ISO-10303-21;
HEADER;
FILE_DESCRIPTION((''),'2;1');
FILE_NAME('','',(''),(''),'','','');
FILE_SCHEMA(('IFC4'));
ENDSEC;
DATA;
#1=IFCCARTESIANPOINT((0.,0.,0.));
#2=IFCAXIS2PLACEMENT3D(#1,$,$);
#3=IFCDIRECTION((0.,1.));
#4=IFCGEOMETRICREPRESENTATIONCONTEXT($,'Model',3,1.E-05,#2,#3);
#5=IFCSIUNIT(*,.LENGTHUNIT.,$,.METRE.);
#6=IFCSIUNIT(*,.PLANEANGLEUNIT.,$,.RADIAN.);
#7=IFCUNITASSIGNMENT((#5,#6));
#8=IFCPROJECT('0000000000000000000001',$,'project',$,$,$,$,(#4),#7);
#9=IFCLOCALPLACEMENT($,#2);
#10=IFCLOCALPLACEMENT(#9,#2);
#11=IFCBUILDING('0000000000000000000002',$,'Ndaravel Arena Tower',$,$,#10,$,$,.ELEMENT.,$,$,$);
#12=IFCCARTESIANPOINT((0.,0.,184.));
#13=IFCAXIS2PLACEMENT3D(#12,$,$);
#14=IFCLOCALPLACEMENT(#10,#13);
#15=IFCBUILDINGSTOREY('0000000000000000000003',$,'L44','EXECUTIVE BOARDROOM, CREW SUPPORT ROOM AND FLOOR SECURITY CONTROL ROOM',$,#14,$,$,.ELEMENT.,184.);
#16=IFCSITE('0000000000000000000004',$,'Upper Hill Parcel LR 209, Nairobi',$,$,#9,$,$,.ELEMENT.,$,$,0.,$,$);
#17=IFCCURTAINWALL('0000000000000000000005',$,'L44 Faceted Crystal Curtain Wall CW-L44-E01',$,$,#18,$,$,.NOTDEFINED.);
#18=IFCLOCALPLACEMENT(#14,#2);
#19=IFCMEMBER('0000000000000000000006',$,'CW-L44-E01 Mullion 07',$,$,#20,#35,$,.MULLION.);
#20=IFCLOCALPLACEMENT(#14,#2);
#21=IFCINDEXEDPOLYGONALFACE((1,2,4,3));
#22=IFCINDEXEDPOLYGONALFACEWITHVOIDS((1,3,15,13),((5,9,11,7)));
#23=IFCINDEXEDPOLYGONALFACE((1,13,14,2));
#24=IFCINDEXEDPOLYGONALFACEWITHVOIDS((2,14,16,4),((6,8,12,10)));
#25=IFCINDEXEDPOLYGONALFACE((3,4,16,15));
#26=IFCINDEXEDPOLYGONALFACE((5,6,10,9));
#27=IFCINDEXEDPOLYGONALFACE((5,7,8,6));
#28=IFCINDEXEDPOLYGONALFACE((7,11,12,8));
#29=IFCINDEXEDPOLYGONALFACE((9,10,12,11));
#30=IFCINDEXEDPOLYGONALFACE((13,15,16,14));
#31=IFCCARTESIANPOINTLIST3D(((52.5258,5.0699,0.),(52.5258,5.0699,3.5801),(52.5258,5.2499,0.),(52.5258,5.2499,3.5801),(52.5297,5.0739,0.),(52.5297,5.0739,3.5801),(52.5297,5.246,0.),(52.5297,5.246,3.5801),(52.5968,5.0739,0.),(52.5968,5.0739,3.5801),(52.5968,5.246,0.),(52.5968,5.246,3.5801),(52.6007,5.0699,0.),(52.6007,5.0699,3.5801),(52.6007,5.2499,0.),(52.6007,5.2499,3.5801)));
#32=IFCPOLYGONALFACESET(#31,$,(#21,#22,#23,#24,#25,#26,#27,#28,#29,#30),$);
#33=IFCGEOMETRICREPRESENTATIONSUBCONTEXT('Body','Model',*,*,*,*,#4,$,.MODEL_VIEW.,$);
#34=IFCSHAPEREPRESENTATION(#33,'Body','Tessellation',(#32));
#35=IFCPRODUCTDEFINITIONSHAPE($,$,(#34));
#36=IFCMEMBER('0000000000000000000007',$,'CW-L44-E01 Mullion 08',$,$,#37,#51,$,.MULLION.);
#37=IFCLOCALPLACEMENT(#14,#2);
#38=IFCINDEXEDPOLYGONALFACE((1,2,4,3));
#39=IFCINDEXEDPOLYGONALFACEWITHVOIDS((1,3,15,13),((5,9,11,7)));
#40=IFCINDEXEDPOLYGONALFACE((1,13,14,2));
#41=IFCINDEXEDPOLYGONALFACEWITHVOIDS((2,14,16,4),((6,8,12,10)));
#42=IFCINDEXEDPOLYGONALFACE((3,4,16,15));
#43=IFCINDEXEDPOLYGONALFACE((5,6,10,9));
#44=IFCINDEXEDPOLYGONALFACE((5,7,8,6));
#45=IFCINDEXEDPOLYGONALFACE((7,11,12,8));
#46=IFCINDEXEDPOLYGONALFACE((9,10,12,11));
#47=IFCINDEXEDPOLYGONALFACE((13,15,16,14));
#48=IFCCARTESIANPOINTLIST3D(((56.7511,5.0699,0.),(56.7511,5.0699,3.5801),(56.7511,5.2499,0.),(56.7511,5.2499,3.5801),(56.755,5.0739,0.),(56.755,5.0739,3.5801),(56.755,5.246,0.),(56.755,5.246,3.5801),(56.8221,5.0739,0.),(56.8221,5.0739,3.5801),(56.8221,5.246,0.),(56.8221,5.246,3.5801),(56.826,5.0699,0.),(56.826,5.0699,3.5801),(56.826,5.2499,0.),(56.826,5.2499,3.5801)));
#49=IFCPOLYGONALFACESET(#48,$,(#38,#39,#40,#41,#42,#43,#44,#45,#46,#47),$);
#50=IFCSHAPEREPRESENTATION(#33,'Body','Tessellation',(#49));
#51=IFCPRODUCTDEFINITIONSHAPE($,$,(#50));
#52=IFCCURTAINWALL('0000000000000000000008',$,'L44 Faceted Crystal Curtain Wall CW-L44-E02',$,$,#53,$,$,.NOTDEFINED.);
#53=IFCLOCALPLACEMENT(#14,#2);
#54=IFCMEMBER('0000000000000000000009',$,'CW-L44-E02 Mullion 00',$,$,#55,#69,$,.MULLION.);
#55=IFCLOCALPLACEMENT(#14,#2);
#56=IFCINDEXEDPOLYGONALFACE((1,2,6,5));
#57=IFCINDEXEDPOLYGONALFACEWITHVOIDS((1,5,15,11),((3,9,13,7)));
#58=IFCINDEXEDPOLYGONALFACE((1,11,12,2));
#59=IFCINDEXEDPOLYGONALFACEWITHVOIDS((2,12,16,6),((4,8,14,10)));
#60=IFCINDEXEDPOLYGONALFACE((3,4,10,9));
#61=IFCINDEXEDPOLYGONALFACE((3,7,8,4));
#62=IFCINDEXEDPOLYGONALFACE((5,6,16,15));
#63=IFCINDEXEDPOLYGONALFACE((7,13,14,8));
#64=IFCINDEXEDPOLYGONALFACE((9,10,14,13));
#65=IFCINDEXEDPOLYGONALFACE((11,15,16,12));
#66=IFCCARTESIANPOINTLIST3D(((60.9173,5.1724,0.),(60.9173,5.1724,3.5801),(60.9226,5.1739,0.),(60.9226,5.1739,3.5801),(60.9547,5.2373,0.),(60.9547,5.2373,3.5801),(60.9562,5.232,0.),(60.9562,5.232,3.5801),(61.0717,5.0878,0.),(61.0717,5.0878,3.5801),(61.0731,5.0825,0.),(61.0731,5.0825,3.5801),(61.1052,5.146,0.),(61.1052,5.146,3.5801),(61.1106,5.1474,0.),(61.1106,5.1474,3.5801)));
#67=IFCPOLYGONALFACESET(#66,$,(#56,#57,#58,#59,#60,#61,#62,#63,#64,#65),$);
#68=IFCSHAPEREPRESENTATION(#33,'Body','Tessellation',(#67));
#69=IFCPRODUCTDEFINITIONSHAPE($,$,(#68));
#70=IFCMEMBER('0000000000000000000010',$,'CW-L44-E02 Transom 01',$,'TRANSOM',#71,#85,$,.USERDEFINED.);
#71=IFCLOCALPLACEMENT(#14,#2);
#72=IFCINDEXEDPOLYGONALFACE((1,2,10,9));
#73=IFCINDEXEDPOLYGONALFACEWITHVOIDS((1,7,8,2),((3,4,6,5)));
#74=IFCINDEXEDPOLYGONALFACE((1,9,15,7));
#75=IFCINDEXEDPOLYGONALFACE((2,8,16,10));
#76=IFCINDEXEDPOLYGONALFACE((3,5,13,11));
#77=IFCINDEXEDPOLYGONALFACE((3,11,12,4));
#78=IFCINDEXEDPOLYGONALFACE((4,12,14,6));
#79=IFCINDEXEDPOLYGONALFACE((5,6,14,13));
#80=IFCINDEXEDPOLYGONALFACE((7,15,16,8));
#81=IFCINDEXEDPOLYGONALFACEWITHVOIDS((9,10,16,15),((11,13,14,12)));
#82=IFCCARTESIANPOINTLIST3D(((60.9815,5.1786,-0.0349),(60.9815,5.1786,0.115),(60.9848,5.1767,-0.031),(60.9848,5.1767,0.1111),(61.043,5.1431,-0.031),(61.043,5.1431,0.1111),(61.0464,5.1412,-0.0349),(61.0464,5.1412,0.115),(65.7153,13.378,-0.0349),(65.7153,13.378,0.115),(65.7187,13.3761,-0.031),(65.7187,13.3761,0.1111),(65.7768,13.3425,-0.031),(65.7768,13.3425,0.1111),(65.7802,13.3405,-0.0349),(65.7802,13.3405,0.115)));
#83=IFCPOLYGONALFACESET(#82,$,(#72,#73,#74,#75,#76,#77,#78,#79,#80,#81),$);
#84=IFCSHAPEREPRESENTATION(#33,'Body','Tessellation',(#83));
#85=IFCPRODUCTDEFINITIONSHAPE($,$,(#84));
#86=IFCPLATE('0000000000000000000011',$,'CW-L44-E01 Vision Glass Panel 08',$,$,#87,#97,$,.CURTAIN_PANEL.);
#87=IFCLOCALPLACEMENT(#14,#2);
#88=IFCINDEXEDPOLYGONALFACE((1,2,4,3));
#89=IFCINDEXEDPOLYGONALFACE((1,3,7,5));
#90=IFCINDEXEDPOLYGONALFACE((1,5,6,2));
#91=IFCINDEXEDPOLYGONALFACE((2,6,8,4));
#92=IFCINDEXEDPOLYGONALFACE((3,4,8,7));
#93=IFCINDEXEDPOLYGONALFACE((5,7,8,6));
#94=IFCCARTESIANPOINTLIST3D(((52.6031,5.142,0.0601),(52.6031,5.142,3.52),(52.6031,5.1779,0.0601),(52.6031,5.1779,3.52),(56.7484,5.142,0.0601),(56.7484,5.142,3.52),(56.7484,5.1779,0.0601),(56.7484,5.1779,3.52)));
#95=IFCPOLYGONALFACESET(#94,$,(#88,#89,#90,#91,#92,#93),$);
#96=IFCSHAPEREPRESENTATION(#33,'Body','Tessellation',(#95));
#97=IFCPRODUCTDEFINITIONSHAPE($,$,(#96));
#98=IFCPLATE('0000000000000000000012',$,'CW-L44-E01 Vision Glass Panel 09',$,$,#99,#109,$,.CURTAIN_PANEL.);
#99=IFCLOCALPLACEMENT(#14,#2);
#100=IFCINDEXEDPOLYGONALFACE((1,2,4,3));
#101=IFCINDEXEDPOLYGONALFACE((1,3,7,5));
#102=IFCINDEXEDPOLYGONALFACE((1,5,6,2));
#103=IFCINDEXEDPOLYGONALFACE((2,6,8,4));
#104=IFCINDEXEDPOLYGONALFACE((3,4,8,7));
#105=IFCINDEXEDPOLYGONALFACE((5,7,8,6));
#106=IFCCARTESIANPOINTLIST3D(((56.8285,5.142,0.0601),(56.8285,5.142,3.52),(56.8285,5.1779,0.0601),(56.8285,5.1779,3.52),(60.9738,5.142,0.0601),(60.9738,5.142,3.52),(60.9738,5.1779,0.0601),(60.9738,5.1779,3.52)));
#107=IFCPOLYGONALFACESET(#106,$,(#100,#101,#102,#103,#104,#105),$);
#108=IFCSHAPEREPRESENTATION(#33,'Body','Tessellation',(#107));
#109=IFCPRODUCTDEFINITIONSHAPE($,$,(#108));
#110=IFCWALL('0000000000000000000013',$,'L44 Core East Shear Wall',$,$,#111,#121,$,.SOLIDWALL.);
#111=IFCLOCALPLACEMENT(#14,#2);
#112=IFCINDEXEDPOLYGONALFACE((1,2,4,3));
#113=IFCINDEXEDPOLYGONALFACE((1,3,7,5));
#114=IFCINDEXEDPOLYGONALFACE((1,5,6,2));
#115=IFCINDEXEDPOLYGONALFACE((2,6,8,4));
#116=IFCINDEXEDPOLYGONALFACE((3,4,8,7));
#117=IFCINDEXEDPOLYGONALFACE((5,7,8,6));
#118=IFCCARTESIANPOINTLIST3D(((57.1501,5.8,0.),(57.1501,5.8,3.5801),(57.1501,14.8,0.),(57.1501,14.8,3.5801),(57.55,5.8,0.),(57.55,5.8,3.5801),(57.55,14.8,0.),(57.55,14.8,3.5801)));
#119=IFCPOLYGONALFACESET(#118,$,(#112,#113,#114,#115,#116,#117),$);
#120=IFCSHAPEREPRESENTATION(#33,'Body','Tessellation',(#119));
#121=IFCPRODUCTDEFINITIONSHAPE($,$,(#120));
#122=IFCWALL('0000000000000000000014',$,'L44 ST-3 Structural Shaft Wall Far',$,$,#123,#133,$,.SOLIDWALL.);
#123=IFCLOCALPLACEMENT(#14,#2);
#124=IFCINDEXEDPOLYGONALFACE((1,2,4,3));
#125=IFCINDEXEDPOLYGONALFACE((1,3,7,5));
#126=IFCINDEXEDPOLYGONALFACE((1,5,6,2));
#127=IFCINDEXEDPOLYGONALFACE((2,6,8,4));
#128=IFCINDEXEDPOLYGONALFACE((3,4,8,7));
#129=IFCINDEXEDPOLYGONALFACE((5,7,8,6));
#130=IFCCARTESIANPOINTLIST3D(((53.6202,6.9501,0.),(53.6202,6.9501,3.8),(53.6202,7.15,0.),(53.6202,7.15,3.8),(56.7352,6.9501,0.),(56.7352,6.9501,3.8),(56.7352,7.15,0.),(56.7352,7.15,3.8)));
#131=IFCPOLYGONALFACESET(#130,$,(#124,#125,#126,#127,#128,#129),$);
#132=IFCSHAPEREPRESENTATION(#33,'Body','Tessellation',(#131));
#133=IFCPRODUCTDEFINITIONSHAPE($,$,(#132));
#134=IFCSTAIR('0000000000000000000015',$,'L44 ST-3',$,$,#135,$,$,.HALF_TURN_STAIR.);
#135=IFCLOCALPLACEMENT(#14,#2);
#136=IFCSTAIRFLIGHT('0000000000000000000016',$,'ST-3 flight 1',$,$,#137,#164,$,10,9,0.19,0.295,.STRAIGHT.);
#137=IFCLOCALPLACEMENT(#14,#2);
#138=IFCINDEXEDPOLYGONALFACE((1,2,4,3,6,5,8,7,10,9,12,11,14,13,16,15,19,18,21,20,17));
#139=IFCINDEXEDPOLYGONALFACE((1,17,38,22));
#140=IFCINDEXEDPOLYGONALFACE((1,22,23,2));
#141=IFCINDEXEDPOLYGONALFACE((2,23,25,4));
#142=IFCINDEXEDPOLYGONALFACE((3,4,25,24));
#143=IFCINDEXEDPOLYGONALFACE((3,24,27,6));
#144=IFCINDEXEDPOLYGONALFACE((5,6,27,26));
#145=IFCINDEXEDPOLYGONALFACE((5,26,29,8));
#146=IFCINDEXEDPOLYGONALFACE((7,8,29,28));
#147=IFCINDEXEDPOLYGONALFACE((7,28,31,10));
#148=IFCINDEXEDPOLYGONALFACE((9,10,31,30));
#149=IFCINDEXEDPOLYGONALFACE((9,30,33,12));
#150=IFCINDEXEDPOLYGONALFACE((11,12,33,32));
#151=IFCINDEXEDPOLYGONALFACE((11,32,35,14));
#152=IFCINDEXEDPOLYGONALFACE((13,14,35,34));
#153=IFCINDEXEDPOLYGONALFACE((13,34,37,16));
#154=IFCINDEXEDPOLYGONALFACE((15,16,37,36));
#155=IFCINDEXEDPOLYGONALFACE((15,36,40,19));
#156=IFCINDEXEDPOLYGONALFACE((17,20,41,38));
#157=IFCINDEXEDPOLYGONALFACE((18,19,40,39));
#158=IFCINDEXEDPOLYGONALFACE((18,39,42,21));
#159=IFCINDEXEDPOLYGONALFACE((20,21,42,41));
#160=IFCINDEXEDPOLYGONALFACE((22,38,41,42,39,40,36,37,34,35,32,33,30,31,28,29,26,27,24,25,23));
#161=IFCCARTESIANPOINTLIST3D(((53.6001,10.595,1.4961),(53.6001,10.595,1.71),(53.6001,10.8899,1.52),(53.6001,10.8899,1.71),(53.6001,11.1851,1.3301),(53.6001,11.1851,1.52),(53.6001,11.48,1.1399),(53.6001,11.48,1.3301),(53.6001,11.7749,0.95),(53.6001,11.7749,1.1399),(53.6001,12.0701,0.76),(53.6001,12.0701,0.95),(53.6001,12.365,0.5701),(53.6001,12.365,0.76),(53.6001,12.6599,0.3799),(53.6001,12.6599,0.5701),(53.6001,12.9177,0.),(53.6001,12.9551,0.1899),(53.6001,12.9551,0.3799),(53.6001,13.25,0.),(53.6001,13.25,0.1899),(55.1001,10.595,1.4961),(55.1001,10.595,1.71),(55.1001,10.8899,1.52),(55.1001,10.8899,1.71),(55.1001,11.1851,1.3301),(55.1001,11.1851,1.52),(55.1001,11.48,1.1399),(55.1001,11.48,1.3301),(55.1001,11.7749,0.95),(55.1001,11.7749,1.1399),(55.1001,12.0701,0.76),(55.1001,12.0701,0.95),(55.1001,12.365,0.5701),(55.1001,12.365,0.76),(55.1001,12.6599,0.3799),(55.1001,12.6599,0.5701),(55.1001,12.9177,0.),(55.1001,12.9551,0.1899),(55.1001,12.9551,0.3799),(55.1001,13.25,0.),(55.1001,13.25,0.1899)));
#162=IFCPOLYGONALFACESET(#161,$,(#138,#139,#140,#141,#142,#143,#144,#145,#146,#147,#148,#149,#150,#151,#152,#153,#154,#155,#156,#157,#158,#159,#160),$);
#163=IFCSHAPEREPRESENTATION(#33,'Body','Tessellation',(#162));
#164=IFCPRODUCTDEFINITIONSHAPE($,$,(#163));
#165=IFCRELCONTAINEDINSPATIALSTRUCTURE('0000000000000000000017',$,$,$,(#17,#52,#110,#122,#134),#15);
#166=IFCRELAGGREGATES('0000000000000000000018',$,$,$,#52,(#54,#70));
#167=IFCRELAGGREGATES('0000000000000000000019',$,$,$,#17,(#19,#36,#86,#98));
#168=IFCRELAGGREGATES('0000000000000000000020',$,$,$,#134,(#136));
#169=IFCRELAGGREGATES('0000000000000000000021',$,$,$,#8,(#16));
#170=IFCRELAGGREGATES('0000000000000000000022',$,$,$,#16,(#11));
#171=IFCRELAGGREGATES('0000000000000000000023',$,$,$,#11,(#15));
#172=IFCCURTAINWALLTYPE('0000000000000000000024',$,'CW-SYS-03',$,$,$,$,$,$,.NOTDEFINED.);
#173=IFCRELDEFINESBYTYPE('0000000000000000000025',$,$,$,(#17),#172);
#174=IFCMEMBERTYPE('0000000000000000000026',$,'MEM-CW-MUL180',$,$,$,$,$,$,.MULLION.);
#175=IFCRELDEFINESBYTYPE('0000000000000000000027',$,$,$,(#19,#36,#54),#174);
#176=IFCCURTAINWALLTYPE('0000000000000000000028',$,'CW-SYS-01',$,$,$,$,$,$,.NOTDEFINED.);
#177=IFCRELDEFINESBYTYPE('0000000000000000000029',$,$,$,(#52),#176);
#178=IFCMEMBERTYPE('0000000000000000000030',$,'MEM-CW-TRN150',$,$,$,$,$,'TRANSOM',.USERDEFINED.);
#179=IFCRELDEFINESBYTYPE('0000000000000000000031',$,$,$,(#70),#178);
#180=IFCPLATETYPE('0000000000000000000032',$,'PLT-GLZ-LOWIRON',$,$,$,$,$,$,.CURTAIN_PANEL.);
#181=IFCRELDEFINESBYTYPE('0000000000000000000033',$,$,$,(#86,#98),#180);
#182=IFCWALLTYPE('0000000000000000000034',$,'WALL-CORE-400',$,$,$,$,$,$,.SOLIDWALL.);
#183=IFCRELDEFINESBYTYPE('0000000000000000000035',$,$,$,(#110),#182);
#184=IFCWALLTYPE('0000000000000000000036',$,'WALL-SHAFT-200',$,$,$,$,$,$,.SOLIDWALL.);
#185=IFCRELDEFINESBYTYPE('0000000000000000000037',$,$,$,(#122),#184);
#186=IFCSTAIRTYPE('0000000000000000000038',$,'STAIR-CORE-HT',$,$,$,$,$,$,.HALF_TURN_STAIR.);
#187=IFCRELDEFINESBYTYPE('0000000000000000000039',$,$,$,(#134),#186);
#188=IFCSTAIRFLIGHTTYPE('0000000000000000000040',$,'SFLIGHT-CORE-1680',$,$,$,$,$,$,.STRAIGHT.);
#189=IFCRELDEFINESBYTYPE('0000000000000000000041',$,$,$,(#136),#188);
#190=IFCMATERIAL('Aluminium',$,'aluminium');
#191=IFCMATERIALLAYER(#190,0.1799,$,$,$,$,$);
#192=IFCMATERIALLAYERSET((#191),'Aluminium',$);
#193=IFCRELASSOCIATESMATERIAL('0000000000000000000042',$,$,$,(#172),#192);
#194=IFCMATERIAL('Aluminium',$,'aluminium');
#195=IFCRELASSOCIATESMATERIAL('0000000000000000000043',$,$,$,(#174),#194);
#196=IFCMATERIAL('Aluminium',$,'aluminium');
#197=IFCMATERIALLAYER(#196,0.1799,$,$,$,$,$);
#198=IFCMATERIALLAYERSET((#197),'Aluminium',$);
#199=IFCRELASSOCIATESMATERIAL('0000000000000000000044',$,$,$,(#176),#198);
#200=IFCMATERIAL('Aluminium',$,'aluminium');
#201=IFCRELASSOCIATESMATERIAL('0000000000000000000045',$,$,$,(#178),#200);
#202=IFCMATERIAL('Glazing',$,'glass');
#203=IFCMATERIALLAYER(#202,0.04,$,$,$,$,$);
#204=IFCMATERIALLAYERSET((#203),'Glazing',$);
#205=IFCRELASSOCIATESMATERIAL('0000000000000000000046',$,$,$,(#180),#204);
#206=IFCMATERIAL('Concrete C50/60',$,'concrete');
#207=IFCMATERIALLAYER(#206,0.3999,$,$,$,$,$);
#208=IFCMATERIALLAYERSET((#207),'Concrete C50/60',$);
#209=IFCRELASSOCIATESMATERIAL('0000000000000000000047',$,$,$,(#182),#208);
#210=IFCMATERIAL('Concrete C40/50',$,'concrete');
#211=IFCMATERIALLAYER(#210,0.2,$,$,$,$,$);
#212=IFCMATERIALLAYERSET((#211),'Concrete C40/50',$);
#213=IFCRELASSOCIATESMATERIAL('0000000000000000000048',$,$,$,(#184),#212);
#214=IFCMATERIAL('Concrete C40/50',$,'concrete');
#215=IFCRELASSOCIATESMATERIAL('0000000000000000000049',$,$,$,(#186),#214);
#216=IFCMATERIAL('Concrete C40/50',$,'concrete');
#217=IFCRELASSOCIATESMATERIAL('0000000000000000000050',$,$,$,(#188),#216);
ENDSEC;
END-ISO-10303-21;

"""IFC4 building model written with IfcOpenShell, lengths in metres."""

from ifc_helpers import new_model, si_unit, direction, frame, frame_2d, origin, origin_2d, place, context, subcontext, project, spatial, polyline, rectangle, hollow_rectangle, outline, extrude, material, layer, layer_set, material_profile, profile_set, type_object, element, aggregate, save


model = new_model("IFC4")

# Units and contexts
model_context = context("Model", 3, precision=1e-05, world=origin(), true_north=direction((0.0, 1.0)))
body_context = subcontext(model_context, "Body", "Model", "MODEL_VIEW")
ifc_project = project(units=[si_unit("LENGTHUNIT", "METRE"), si_unit("PLANEANGLEUNIT", "RADIAN")], contexts=[model_context])

# Site, building, storey
site_placement = place(None, origin())
site = spatial("IfcSite", under=ifc_project, at=site_placement, Name="Upper Hill Parcel LR 209, Nairobi", CompositionType="ELEMENT", RefElevation=0.0)
building_placement = place(site_placement, origin())
building = spatial("IfcBuilding", under=site, at=building_placement, Name="Ndaravel Arena Tower", CompositionType="ELEMENT")
storey_placement = place(building_placement, frame((0.0, 0.0, 184.0)))
storey = spatial("IfcBuildingStorey", under=building, at=storey_placement, Name="L44", Description="EXECUTIVE BOARDROOM, CREW SUPPORT ROOM AND FLOOR SECURITY CONTROL ROOM", CompositionType="ELEMENT", Elevation=184.0)

# Curtain walls, members
ifc_material_1 = material(Name="Aluminium", Category="aluminium")
ifc_layer_1 = layer(ifc_material_1, 0.1799)
ifc_layer_set_1 = layer_set([ifc_layer_1], Name="Aluminium")
curtain_wall_type_1 = type_object("IfcCurtainWallType", Name="CW-SYS-03", PredefinedType="NOTDEFINED", material=ifc_layer_set_1)
curtain_wall_1_placement = place(storey_placement, origin())
curtain_wall_1 = element("IfcCurtainWall", 1, at=curtain_wall_1_placement, inside=storey, type_object=curtain_wall_type_1, Name="L44 Faceted Crystal Curtain Wall CW-L44-E01", PredefinedType="NOTDEFINED")
ifc_material_2 = material(Name="Aluminium", Category="aluminium")
ifc_material_profile_1 = material_profile(ifc_material_2, hollow_rectangle(XDim=0.075, YDim=0.1799, WallThickness=0.0039, at=origin_2d()), Name="CW MULLION 75x180x4")
ifc_profile_set_1 = profile_set([ifc_material_profile_1], Name="Aluminium")
member_type_1 = type_object("IfcMemberType", Name="MEM-CW-MUL180", PredefinedType="MULLION", material=ifc_profile_set_1)
member_1_placement = place(storey_placement, frame((52.5632, 5.1599, 0.0), z_axis=(0.0, 0.0, 1.0), x_axis=(1.0, 0.0, 0.0)))
member_1 = element("IfcMember", 2, at=member_1_placement, type_object=member_type_1, Name="CW-L44-E01 Mullion 07", PredefinedType="MULLION", context=body_context, shape_type="SweptSolid", body=[
    extrude(hollow_rectangle(XDim=0.075, YDim=0.1799, WallThickness=0.0039, at=origin_2d()), origin(), (0.0, 0.0, 1.0), 3.5801),
])
member_2_placement = place(storey_placement, frame((56.7886, 5.1599, 0.0), z_axis=(0.0, 0.0, 1.0), x_axis=(1.0, 0.0, 0.0)))
member_2 = element("IfcMember", 3, at=member_2_placement, type_object=member_type_1, Name="CW-L44-E01 Mullion 08", PredefinedType="MULLION", context=body_context, shape_type="SweptSolid", body=[
    extrude(hollow_rectangle(XDim=0.075, YDim=0.1799, WallThickness=0.0039, at=origin_2d()), origin(), (0.0, 0.0, 1.0), 3.5801),
])
ifc_material_3 = material(Name="Aluminium", Category="aluminium")
ifc_layer_2 = layer(ifc_material_3, 0.1799)
ifc_layer_set_2 = layer_set([ifc_layer_2], Name="Aluminium")
curtain_wall_type_2 = type_object("IfcCurtainWallType", Name="CW-SYS-01", PredefinedType="NOTDEFINED", material=ifc_layer_set_2)
curtain_wall_2_placement = place(storey_placement, origin())
curtain_wall_2 = element("IfcCurtainWall", 4, at=curtain_wall_2_placement, inside=storey, type_object=curtain_wall_type_2, Name="L44 Faceted Crystal Curtain Wall CW-L44-E02", PredefinedType="NOTDEFINED")
member_3_placement = place(storey_placement, frame((61.0139, 5.1599, 0.0), z_axis=(0.0, 0.0, 1.0), x_axis=(0.5, 0.866025, 0.0)))
member_3 = element("IfcMember", 5, at=member_3_placement, type_object=member_type_1, Name="CW-L44-E02 Mullion 00", PredefinedType="MULLION", context=body_context, shape_type="SweptSolid", body=[
    extrude(hollow_rectangle(XDim=0.075, YDim=0.1799, WallThickness=0.0039, at=origin_2d()), origin(), (0.0, 0.0, 1.0), 3.5801),
])
ifc_material_4 = material(Name="Aluminium", Category="aluminium")
ifc_material_profile_2 = material_profile(ifc_material_4, hollow_rectangle(XDim=0.075, YDim=0.1499, WallThickness=0.0039, at=origin_2d()), Name="CW TRANSOM 75x150x4")
ifc_profile_set_2 = profile_set([ifc_material_profile_2], Name="Aluminium")
member_type_2 = type_object("IfcMemberType", Name="MEM-CW-TRN150", ElementType="TRANSOM", PredefinedType="USERDEFINED", material=ifc_profile_set_2)
member_4_placement = place(storey_placement, frame((61.0139, 5.1599, 0.04), z_axis=(0.499994, 0.866029, 0.0), x_axis=(-0.866029, 0.499994, 0.0)))
member_4 = element("IfcMember", 6, at=member_4_placement, type_object=member_type_2, Name="CW-L44-E02 Transom 01", ObjectType="TRANSOM", PredefinedType="USERDEFINED", context=body_context, shape_type="SweptSolid", body=[
    extrude(hollow_rectangle(XDim=0.075, YDim=0.1499, WallThickness=0.0039, at=origin_2d()), origin(), (0.0, 0.0, 1.0), 9.4678),
])
aggregate(curtain_wall_2, [member_3, member_4])

# Plates
ifc_material_5 = material(Name="Glazing", Category="glass")
ifc_layer_3 = layer(ifc_material_5, 0.04)
ifc_layer_set_3 = layer_set([ifc_layer_3], Name="Glazing")
plate_type = type_object("IfcPlateType", Name="PLT-GLZ-LOWIRON", PredefinedType="CURTAIN_PANEL", material=ifc_layer_set_3)
plate_1_placement = place(storey_placement, frame((54.6758, 5.1599, 0.0601), z_axis=(0.0, 0.0, 1.0), x_axis=(1.0, 0.0, 0.0)))
plate_1 = element("IfcPlate", 7, at=plate_1_placement, type_object=plate_type, Name="CW-L44-E01 Vision Glass Panel 08", PredefinedType="CURTAIN_PANEL", context=body_context, shape_type="SweptSolid", body=[
    extrude(rectangle(XDim=4.1453, YDim=0.0359, at=origin_2d()), origin(), (0.0, 0.0, 1.0), 3.46),
])
plate_2_placement = place(storey_placement, frame((58.9011, 5.1599, 0.0601), z_axis=(0.0, 0.0, 1.0), x_axis=(1.0, 0.0, 0.0)))
plate_2 = element("IfcPlate", 8, at=plate_2_placement, type_object=plate_type, Name="CW-L44-E01 Vision Glass Panel 09", PredefinedType="CURTAIN_PANEL", context=body_context, shape_type="SweptSolid", body=[
    extrude(rectangle(XDim=4.1453, YDim=0.0359, at=origin_2d()), origin(), (0.0, 0.0, 1.0), 3.46),
])
aggregate(curtain_wall_1, [member_1, member_2, plate_1, plate_2])

# Walls
ifc_material_6 = material(Name="Concrete C50/60", Category="concrete")
ifc_layer_4 = layer(ifc_material_6, 0.3999)
ifc_layer_set_4 = layer_set([ifc_layer_4], Name="Concrete C50/60")
wall_type_1 = type_object("IfcWallType", Name="WALL-CORE-400", PredefinedType="SOLIDWALL", material=ifc_layer_set_4)
wall_1_placement = place(storey_placement, frame((57.3501, 5.8, 0.0), z_axis=(0.0, 0.0, 1.0), x_axis=(0.0, 1.0, 0.0)))
element("IfcWall", 9, at=wall_1_placement, inside=storey, type_object=wall_type_1, Name="L44 Core East Shear Wall", PredefinedType="SOLIDWALL", context=body_context, shape_type="SweptSolid", body=[
    extrude(rectangle(XDim=9.0, YDim=0.3999, at=frame_2d((4.5, 0.0))), origin(), (0.0, 0.0, 1.0), 3.5801),
])
ifc_material_7 = material(Name="Concrete C40/50", Category="concrete")
ifc_layer_5 = layer(ifc_material_7, 0.2)
ifc_layer_set_5 = layer_set([ifc_layer_5], Name="Concrete C40/50")
wall_type_2 = type_object("IfcWallType", Name="WALL-SHAFT-200", PredefinedType="SOLIDWALL", material=ifc_layer_set_5)
wall_2_placement = place(storey_placement, frame((53.6201, 7.05, 0.0), z_axis=(0.0, 0.0, 1.0), x_axis=(1.0, 0.0, 0.0)))
element("IfcWall", 10, at=wall_2_placement, inside=storey, type_object=wall_type_2, Name="L44 ST-3 Structural Shaft Wall Far", PredefinedType="SOLIDWALL", context=body_context, shape_type="SweptSolid", body=[
    extrude(rectangle(XDim=3.115, YDim=0.2, at=frame_2d((1.5576, 0.0))), origin(), (0.0, 0.0, 1.0), 3.8),
])

# Stair, stair flight
ifc_material_8 = material(Name="Concrete C40/50", Category="concrete")
stair_type = type_object("IfcStairType", Name="STAIR-CORE-HT", PredefinedType="HALF_TURN_STAIR", material=ifc_material_8)
stair_placement = place(storey_placement, origin())
stair = element("IfcStair", 11, at=stair_placement, inside=storey, type_object=stair_type, Name="L44 ST-3", PredefinedType="HALF_TURN_STAIR")
ifc_material_9 = material(Name="Concrete C40/50", Category="concrete")
stair_flight_type = type_object("IfcStairFlightType", Name="SFLIGHT-CORE-1680", PredefinedType="STRAIGHT", material=ifc_material_9)
stair_flight_1_placement = place(storey_placement, frame((54.3501, 13.25, 0.0), z_axis=(0.0, 0.0, 1.0), x_axis=(0.0, -1.0, 0.0)))
stair_flight_1 = element("IfcStairFlight", 12, at=stair_flight_1_placement, type_object=stair_flight_type, Name="ST-3 flight 1", NumberOfRisers=10, NumberOfTreads=9, PredefinedType="STRAIGHT", RiserHeight=0.19, TreadLength=0.295, context=body_context, shape_type="SweptSolid", body=[
    extrude(outline(polyline([(0.0, 0.0), (0.0, 0.1899), (0.2949, 0.1899), (0.2949, 0.3799), (0.5901, 0.3799), (0.5901, 0.5701), (0.885, 0.5701), (0.885, 0.76), (1.1799, 0.76), (1.1799, 0.95), (1.4751, 0.95), (1.4751, 1.1399), (1.77, 1.1399), (1.77, 1.3301), (2.0649, 1.3301), (2.0649, 1.52), (2.3601, 1.52), (2.3601, 1.71), (2.655, 1.71), (2.655, 1.8999), (2.655, 1.4961), (0.3323, 0.0), (0.0, 0.0)])), frame((0.0, 0.75, 0.0), z_axis=(0.0, -1.0, 0.0), x_axis=(1.0, 0.0, 0.0)), (0.0, 0.0, 1.0), 1.5),
])
aggregate(stair, [stair_flight_1])

save(model, "model.ifc")
